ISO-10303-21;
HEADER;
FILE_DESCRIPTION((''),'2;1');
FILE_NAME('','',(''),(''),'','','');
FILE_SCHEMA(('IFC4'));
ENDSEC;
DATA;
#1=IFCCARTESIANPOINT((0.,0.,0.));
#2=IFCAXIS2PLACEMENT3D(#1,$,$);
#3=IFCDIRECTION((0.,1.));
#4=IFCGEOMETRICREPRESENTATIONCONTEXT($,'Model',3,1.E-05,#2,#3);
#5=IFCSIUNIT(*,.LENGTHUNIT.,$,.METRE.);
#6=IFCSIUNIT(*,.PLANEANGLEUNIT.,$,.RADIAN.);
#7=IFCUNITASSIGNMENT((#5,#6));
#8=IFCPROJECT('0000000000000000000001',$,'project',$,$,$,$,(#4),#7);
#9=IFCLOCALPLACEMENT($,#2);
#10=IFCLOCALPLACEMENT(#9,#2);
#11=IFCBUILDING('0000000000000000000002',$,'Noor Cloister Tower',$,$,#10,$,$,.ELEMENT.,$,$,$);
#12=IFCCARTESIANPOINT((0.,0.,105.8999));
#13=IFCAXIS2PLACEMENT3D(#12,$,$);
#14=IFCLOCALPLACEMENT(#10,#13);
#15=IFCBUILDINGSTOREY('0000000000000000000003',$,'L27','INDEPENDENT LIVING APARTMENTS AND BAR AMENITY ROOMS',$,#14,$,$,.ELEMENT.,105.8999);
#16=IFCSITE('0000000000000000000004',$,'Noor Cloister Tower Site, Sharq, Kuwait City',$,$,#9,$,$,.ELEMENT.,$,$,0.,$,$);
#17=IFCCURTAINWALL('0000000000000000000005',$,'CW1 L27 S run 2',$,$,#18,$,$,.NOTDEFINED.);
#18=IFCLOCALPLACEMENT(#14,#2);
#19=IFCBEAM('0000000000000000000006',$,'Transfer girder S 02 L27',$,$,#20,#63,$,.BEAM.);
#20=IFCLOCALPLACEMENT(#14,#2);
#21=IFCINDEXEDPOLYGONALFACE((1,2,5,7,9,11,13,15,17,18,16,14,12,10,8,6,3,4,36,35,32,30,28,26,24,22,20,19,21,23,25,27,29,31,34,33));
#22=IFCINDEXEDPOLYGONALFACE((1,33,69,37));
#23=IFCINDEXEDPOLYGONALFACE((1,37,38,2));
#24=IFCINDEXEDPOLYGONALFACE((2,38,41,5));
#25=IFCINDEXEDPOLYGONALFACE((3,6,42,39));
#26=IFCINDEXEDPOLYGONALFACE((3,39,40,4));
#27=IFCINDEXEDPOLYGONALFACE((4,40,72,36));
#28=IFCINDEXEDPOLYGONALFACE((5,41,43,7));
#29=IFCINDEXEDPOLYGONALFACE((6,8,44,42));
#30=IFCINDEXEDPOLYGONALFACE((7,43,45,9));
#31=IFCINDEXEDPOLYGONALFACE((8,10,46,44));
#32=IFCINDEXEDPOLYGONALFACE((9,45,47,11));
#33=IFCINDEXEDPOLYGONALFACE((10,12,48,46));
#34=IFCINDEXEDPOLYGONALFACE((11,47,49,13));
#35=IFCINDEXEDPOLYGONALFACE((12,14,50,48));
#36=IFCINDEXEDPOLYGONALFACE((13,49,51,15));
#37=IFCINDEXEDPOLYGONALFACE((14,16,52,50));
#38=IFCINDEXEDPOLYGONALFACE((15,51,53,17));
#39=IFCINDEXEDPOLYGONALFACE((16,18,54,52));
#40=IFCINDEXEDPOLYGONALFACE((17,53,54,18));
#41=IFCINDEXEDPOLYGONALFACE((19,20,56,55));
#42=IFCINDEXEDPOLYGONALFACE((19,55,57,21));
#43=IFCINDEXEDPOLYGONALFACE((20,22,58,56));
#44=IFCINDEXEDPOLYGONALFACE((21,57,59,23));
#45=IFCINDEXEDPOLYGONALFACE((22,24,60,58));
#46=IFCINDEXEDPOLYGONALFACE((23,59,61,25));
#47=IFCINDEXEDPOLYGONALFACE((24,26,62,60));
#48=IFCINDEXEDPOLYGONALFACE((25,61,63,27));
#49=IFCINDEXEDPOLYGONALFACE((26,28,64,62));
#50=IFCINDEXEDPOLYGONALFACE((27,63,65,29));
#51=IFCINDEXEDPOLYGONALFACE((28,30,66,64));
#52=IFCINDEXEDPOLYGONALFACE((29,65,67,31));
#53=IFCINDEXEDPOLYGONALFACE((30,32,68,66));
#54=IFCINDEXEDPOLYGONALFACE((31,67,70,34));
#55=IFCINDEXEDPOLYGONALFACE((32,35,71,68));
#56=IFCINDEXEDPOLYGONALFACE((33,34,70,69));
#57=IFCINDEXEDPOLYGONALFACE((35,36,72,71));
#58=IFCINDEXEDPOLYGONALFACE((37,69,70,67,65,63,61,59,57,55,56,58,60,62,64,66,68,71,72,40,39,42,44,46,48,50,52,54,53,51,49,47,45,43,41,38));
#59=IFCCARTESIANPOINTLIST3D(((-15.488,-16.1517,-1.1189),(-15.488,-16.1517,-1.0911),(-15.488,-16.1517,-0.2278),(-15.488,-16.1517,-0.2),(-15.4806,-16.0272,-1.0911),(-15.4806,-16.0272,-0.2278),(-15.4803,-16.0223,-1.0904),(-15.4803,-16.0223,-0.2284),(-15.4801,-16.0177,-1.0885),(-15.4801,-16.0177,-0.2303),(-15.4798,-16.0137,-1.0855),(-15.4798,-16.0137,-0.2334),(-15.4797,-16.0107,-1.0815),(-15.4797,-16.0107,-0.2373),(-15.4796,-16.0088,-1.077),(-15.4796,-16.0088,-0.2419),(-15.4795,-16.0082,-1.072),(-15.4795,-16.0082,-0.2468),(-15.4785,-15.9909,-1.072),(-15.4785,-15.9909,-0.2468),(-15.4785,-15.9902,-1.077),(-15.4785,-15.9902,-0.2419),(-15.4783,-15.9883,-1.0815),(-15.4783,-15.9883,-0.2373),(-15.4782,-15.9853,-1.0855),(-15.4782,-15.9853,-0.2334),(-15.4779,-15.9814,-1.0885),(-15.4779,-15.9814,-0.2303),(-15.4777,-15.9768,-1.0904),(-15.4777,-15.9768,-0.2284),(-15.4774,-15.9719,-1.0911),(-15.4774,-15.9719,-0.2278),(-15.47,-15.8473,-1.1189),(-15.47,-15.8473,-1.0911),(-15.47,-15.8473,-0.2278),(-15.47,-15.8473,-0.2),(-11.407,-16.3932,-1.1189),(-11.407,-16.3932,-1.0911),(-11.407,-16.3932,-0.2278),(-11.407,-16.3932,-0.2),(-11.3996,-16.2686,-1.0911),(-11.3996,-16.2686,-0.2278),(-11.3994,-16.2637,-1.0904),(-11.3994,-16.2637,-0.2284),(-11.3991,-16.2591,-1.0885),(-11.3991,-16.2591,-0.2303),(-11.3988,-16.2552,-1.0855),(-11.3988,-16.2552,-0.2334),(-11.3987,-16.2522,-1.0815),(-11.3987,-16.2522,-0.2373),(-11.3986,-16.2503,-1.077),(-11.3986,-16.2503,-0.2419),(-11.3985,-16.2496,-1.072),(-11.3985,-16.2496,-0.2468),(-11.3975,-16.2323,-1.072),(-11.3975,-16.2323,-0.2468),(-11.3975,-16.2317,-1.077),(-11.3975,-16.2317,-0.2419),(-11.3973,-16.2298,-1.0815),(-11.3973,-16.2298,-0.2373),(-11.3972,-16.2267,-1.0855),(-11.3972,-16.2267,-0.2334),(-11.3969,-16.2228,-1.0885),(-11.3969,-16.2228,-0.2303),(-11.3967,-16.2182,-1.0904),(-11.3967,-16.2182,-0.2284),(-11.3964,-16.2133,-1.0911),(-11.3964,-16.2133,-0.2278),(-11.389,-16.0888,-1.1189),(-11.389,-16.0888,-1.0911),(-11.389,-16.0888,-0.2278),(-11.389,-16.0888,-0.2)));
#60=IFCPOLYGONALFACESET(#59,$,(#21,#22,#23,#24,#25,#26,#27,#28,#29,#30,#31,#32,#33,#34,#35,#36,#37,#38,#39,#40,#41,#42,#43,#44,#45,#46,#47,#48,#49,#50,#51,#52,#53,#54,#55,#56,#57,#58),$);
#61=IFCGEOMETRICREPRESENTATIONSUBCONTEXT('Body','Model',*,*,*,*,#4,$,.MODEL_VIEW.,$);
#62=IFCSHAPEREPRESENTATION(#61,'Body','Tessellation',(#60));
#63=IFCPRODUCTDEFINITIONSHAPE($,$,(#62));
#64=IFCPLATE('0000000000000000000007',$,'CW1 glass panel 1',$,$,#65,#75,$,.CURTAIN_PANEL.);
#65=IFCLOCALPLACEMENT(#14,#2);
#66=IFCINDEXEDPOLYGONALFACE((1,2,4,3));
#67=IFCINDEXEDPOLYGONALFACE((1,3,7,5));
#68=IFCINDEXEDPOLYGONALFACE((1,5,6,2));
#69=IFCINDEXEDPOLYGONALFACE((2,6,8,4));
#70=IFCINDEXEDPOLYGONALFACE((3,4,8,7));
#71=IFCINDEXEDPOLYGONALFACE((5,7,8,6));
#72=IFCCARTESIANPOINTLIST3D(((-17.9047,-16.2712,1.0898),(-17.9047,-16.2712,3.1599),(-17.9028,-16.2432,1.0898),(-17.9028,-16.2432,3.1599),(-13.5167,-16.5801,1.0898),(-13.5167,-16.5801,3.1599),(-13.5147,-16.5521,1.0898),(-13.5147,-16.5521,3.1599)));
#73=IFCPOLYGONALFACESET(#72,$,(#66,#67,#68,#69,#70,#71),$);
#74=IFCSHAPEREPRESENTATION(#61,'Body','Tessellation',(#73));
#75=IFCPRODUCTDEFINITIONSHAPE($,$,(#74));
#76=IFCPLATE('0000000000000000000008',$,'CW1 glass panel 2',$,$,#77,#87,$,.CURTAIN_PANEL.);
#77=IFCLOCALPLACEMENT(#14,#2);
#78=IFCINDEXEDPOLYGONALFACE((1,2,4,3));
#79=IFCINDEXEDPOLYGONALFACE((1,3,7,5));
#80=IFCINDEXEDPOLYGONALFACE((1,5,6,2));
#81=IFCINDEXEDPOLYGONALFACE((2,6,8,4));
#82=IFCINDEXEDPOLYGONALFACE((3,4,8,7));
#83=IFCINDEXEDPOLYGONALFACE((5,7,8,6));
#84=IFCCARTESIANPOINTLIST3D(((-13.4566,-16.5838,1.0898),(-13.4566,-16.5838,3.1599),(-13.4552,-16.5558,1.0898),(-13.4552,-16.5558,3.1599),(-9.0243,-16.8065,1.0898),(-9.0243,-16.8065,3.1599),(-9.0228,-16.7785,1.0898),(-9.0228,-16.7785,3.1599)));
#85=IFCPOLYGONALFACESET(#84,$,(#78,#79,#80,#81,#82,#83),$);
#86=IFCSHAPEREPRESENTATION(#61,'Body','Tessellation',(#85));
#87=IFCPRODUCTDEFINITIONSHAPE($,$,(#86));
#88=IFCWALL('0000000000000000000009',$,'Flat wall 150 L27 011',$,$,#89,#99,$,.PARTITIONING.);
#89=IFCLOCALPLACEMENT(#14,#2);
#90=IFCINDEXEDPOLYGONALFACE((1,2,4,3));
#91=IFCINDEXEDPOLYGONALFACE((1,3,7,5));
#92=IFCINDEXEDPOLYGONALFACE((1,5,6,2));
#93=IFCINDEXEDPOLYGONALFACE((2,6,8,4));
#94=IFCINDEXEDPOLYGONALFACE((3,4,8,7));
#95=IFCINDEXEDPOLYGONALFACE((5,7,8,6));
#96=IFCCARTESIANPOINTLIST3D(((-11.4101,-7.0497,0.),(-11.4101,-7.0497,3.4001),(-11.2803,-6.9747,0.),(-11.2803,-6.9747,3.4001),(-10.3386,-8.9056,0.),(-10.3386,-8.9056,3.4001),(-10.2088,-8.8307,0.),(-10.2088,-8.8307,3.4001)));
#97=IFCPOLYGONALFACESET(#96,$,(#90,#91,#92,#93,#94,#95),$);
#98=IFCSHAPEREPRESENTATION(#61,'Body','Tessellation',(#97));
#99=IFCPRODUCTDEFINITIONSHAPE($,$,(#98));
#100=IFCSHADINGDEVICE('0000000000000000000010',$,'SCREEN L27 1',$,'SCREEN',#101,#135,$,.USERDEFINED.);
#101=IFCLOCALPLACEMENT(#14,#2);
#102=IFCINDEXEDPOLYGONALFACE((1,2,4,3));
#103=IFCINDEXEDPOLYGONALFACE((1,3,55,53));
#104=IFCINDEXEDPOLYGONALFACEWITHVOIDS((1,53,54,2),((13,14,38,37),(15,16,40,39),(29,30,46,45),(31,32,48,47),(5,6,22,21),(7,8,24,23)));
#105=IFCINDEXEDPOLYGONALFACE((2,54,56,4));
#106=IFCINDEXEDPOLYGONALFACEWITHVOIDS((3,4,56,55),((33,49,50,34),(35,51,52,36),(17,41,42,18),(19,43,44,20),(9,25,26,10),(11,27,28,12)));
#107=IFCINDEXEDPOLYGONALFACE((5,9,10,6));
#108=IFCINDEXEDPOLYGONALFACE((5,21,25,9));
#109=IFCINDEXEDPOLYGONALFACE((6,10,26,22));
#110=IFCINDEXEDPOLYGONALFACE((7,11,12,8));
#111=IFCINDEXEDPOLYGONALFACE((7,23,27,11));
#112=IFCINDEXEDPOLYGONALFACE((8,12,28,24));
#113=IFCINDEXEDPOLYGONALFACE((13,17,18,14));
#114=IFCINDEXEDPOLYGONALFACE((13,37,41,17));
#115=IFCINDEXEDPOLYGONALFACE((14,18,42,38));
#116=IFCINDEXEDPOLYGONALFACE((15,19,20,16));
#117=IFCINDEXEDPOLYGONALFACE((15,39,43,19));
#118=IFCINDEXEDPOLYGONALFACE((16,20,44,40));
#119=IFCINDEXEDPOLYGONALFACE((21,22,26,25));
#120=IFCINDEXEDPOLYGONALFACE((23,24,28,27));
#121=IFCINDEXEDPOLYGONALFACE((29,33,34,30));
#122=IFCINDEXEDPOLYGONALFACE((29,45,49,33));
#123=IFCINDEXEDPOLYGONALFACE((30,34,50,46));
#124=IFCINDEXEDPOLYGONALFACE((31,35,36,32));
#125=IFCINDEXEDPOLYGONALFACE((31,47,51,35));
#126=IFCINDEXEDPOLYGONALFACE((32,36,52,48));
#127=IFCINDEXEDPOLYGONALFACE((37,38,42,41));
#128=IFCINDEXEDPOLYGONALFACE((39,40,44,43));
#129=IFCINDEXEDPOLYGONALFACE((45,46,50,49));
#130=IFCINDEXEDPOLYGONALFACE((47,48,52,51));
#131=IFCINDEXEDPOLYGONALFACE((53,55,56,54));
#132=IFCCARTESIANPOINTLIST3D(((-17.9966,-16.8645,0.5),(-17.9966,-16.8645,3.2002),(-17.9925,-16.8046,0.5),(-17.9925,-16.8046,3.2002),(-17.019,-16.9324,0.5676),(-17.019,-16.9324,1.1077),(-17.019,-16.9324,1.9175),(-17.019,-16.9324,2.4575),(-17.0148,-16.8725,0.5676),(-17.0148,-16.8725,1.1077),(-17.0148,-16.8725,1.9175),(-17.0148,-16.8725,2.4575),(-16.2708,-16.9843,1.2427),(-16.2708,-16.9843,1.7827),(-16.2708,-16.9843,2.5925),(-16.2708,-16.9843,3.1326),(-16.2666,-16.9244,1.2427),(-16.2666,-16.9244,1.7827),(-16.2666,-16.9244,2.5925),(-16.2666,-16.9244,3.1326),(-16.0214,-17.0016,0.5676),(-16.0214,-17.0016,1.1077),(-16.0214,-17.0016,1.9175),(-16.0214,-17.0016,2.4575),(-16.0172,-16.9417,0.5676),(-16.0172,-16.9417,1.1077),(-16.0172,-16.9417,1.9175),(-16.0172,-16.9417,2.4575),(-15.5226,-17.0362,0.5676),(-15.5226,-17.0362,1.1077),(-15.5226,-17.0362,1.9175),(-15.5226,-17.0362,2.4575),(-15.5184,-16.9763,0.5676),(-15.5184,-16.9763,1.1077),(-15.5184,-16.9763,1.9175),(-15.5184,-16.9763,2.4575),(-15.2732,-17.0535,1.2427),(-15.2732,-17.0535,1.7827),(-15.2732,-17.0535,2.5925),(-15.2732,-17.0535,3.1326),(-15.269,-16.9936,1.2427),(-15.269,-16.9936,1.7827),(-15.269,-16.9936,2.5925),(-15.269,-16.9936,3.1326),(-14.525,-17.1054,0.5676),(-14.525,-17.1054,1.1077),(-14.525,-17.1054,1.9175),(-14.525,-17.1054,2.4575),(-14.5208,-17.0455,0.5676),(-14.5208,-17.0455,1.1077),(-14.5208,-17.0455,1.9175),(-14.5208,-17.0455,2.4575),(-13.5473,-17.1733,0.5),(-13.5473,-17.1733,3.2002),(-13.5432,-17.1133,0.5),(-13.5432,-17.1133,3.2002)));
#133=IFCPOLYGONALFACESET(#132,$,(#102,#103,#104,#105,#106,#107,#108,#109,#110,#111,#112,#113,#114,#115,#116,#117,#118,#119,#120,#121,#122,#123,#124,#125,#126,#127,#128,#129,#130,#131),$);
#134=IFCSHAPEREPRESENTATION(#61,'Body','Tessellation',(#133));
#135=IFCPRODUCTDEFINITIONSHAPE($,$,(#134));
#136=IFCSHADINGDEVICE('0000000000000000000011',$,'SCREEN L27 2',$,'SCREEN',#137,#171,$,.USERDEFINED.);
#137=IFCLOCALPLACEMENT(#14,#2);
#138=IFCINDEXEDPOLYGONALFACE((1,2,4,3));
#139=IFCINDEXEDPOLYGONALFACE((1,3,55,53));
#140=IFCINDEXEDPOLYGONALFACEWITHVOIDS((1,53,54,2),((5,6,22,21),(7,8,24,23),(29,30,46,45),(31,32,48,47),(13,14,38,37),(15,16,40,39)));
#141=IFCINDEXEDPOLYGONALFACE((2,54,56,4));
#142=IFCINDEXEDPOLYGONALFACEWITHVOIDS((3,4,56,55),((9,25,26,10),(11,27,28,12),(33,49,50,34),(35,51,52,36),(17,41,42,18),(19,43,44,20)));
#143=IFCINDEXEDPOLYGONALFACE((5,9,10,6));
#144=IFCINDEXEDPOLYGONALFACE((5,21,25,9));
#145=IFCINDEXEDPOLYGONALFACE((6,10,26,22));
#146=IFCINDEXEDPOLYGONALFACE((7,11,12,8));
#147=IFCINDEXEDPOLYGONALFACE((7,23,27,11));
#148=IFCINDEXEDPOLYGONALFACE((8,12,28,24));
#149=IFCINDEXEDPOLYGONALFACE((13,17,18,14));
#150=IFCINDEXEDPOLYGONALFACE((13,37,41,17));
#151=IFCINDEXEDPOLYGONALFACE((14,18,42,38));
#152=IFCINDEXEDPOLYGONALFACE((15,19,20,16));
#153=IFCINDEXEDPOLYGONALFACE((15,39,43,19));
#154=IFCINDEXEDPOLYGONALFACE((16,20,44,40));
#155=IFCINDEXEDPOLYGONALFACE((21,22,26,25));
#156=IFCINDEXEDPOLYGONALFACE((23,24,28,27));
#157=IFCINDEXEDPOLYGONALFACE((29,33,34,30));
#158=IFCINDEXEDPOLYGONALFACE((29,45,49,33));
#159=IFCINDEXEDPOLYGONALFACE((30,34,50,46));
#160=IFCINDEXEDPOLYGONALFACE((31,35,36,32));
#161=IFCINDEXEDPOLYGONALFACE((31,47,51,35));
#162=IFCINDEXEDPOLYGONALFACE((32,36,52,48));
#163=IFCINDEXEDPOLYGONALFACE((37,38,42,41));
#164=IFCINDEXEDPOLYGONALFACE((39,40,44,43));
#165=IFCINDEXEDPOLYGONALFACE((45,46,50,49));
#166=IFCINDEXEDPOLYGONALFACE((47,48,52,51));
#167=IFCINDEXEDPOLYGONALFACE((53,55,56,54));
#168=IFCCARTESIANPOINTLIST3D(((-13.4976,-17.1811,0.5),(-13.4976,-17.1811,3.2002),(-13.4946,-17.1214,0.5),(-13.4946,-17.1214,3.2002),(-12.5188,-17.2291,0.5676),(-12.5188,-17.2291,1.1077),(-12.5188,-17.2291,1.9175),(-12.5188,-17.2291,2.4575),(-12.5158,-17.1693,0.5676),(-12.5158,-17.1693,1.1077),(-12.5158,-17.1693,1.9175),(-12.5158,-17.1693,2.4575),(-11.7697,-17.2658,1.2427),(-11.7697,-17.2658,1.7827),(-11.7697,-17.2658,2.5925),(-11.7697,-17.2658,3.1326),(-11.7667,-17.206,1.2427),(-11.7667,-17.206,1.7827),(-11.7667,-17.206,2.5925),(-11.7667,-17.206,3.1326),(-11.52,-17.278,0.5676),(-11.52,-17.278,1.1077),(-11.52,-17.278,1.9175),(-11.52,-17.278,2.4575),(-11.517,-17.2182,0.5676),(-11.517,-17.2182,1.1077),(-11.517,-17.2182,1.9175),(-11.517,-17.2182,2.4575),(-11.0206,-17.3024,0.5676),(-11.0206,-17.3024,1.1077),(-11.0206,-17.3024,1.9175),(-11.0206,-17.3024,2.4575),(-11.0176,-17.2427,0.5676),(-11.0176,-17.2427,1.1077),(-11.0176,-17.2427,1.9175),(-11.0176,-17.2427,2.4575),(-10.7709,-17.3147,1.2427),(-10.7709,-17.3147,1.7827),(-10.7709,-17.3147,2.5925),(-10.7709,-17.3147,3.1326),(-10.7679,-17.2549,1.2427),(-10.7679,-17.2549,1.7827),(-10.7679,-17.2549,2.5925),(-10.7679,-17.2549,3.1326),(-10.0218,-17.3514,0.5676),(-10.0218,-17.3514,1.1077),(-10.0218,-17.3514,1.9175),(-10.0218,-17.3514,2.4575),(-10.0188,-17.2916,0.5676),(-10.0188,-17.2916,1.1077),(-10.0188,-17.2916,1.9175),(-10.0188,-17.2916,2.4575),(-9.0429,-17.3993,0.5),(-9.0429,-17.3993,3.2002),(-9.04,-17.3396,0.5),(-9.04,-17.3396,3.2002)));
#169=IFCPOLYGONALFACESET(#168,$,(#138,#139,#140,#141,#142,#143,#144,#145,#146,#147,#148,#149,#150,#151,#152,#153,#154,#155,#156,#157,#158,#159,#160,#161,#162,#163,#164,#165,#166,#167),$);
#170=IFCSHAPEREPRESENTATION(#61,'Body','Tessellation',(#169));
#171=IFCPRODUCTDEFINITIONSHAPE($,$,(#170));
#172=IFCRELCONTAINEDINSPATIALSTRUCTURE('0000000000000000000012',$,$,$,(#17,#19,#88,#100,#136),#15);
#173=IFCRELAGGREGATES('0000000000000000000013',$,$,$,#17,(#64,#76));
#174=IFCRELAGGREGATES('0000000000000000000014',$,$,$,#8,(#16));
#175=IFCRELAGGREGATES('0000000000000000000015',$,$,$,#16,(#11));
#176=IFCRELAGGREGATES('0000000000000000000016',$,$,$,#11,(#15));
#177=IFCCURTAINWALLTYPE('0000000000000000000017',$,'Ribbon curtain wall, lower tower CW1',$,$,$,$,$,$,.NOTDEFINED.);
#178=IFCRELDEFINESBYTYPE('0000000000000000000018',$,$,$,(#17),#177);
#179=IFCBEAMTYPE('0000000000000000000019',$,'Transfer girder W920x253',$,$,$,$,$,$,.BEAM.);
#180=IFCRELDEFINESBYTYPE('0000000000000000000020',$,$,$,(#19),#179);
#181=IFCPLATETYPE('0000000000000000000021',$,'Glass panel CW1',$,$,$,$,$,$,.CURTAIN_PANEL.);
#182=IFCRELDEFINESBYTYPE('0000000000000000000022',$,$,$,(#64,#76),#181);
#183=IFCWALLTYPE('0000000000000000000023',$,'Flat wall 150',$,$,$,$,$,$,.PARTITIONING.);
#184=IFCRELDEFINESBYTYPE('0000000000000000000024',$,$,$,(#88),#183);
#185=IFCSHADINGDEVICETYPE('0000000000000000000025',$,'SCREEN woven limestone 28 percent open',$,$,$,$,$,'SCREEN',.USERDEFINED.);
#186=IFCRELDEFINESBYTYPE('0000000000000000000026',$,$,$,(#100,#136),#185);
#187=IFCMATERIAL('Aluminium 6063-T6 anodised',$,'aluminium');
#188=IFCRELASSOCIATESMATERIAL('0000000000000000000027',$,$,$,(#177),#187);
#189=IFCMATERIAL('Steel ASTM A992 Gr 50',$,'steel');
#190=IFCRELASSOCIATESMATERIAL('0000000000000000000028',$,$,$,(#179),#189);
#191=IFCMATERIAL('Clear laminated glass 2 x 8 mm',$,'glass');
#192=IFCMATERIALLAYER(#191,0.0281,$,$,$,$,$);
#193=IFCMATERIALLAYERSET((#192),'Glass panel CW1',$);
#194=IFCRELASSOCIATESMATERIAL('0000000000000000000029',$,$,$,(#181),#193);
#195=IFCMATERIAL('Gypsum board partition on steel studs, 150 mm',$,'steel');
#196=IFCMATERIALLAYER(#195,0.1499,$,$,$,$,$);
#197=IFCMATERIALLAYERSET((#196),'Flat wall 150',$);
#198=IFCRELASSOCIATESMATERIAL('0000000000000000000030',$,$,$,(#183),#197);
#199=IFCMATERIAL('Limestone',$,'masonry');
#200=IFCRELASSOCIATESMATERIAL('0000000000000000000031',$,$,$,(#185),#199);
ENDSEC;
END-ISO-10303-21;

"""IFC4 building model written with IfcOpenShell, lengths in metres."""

from ifc_helpers import new_model, si_unit, direction, frame, frame_2d, origin, origin_2d, place, context, subcontext, project, spatial, polyline, rectangle, i_section, outline, extrude, material, layer, layer_set, material_profile, profile_set, type_object, element, aggregate, save


model = new_model("IFC4")

# Units and contexts
model_context = context("Model", 3, precision=1e-05, world=origin(), true_north=direction((0.0, 1.0)))
body_context = subcontext(model_context, "Body", "Model", "MODEL_VIEW")
ifc_project = project(units=[si_unit("LENGTHUNIT", "METRE"), si_unit("PLANEANGLEUNIT", "RADIAN")], contexts=[model_context])

# Site, building, storey
site_placement = place(None, origin())
site = spatial("IfcSite", under=ifc_project, at=site_placement, Name="Noor Cloister Tower Site, Sharq, Kuwait City", CompositionType="ELEMENT", RefElevation=0.0)
building_placement = place(site_placement, origin())
building = spatial("IfcBuilding", under=site, at=building_placement, Name="Noor Cloister Tower", CompositionType="ELEMENT")
storey_placement = place(building_placement, frame((0.0, 0.0, 105.8999)))
storey = spatial("IfcBuildingStorey", under=building, at=storey_placement, Name="L27", Description="INDEPENDENT LIVING APARTMENTS AND BAR AMENITY ROOMS", CompositionType="ELEMENT", Elevation=105.8999)

# Shared definitions
ifc_material_1 = material(Name="Aluminium 6063-T6 anodised", Category="aluminium")
curtain_wall_type = type_object("IfcCurtainWallType", Name="Ribbon curtain wall, lower tower CW1", PredefinedType="NOTDEFINED", material=ifc_material_1)

# Curtain wall
curtain_wall_1_placement = place(storey_placement, origin())
curtain_wall_1 = element("IfcCurtainWall", 1, at=curtain_wall_1_placement, inside=storey, type_object=curtain_wall_type, Name="CW1 L27 S run 2", PredefinedType="NOTDEFINED")

# Beam
ifc_material_2 = material(Name="Steel ASTM A992 Gr 50", Category="steel")
ifc_material_profile_1 = material_profile(ifc_material_2, i_section(OverallWidth=0.3049, OverallDepth=0.9189, WebThickness=0.0173, FlangeThickness=0.0278, FilletRadius=0.019, at=origin_2d()), Name="W920x253")
ifc_profile_set_1 = profile_set([ifc_material_profile_1], Name="Steel ASTM A992 Gr 50")
beam_type_1 = type_object("IfcBeamType", Name="Transfer girder W920x253", PredefinedType="BEAM", material=ifc_profile_set_1)
for number, where, z_axis, x_axis, name in (
    (2, (-15.479, -15.9995, -0.6594), (0.998254, -0.059062, 0.0), (0.059062, 0.998254, 0.0), "Transfer girder S 02 L27"),
):
    element("IfcBeam", number, at=place(storey_placement, frame(where, z_axis=z_axis, x_axis=x_axis)), inside=storey, type_object=beam_type_1, Name=name, PredefinedType="BEAM", context=body_context, shape_type="SweptSolid", body=[
        extrude(i_section(OverallWidth=0.3049, OverallDepth=0.9189, WebThickness=0.0173, FlangeThickness=0.0278, FilletRadius=0.019, at=origin_2d()), origin(), (0.0, 0.0, 1.0), 4.0881),
    ])

# Plates
ifc_material_3 = material(Name="Clear laminated glass 2 x 8 mm", Category="glass")
ifc_layer_1 = layer(ifc_material_3, 0.0281)
ifc_layer_set_1 = layer_set([ifc_layer_1], Name="Glass panel CW1")
plate_type = type_object("IfcPlateType", Name="Glass panel CW1", PredefinedType="CURTAIN_PANEL", material=ifc_layer_set_1)
plate_1_placement = place(storey_placement, frame((-15.7097, -16.4116, 1.0898), z_axis=(0.0, 0.0, 1.0), x_axis=(0.997532, -0.070218, 0.0)))
plate_1 = element("IfcPlate", 3, at=plate_1_placement, type_object=plate_type, Name="CW1 glass panel 1", PredefinedType="CURTAIN_PANEL", context=body_context, shape_type="SweptSolid", body=[
    extrude(rectangle(XDim=4.3989, YDim=0.0281, at=origin_2d()), origin(), (0.0, 0.0, 1.0), 2.0701),
])
plate_2_placement = place(storey_placement, frame((-11.2397, -16.6812, 1.0898), z_axis=(0.0, 0.0, 1.0), x_axis=(0.99874, -0.050176, 0.0)))
plate_2 = element("IfcPlate", 4, at=plate_2_placement, type_object=plate_type, Name="CW1 glass panel 2", PredefinedType="CURTAIN_PANEL", context=body_context, shape_type="SweptSolid", body=[
    extrude(rectangle(XDim=4.438, YDim=0.0281, at=origin_2d()), origin(), (0.0, 0.0, 1.0), 2.0701),
])
aggregate(curtain_wall_1, [plate_1, plate_2])

# Wall
ifc_material_4 = material(Name="Gypsum board partition on steel studs, 150 mm", Category="steel")
ifc_layer_2 = layer(ifc_material_4, 0.1499)
ifc_layer_set_2 = layer_set([ifc_layer_2], Name="Flat wall 150")
wall_type = type_object("IfcWallType", Name="Flat wall 150", PredefinedType="PARTITIONING", material=ifc_layer_set_2)
wall_placement = place(storey_placement, frame((-11.3452, -7.0122, 0.0), z_axis=(0.0, 0.0, 1.0), x_axis=(0.499999, -0.866026, 0.0)))
element("IfcWall", 5, at=wall_placement, inside=storey, type_object=wall_type, Name="Flat wall 150 L27 011", PredefinedType="PARTITIONING", context=body_context, shape_type="SweptSolid", body=[
    extrude(rectangle(XDim=2.1431, YDim=0.1499, at=frame_2d((1.0715, 0.0))), origin(), (0.0, 0.0, 1.0), 3.4001),
])

# Shading devices
ifc_material_5 = material(Name="Limestone", Category="masonry")
ifc_material_profile_2 = material_profile(ifc_material_5, outline(polyline([(-2.23, -1.3501), (2.23, -1.3501), (2.23, 1.3501), (-2.23, 1.3501), (-2.23, -1.3501)]), holes=[polyline([(-1.25, -1.2825), (-0.25, -1.2825), (-0.25, -0.7424), (-1.25, -0.7424), (-1.25, -1.2825)]), polyline([(0.25, -1.2825), (1.25, -1.2825), (1.25, -0.7424), (0.25, -0.7424), (0.25, -1.2825)]), polyline([(-0.5, -0.6074), (0.5, -0.6074), (0.5, -0.0674), (-0.5, -0.0674), (-0.5, -0.6074)]), polyline([(-1.25, 0.0674), (-0.25, 0.0674), (-0.25, 0.6074), (-1.25, 0.6074), (-1.25, 0.0674)]), polyline([(0.25, 0.0674), (1.25, 0.0674), (1.25, 0.6074), (0.25, 0.6074), (0.25, 0.0674)]), polyline([(-0.5, 0.7424), (0.5, 0.7424), (0.5, 1.2825), (-0.5, 1.2825), (-0.5, 0.7424)])]), Name="Woven screen 28 percent open")
ifc_profile_set_2 = profile_set([ifc_material_profile_2], Name="Limestone")
shading_device_type = type_object("IfcShadingDeviceType", Name="SCREEN woven limestone 28 percent open", ElementType="SCREEN", PredefinedType="USERDEFINED", material=ifc_profile_set_2)
shading_device_1_placement = place(storey_placement, frame((-15.7678, -16.959, 1.8501), z_axis=(-0.069221, -0.997601, 0.0), x_axis=(0.997601, -0.069221, 0.0)))
element("IfcShadingDevice", 6, at=shading_device_1_placement, inside=storey, type_object=shading_device_type, Name="SCREEN L27 1", ObjectType="SCREEN", PredefinedType="USERDEFINED", context=body_context, shape_type="SweptSolid", body=[
    extrude(outline(polyline([(-2.23, -1.3501), (2.23, -1.3501), (2.23, 1.3501), (-2.23, 1.3501), (-2.23, -1.3501)]), holes=[polyline([(-1.25, -1.2825), (-0.25, -1.2825), (-0.25, -0.7424), (-1.25, -0.7424), (-1.25, -1.2825)]), polyline([(0.25, -1.2825), (1.25, -1.2825), (1.25, -0.7424), (0.25, -0.7424), (0.25, -1.2825)]), polyline([(-0.5, -0.6074), (0.5, -0.6074), (0.5, -0.0674), (-0.5, -0.0674), (-0.5, -0.6074)]), polyline([(-1.25, 0.0674), (-0.25, 0.0674), (-0.25, 0.6074), (-1.25, 0.6074), (-1.25, 0.0674)]), polyline([(0.25, 0.0674), (1.25, 0.0674), (1.25, 0.6074), (0.25, 0.6074), (0.25, 0.0674)]), polyline([(-0.5, 0.7424), (0.5, 0.7424), (0.5, 1.2825), (-0.5, 1.2825), (-0.5, 0.7424)])]), origin(), (0.0, 0.0, 1.0), 0.0601),
])
shading_device_2_placement = place(storey_placement, frame((-11.2673, -17.2305, 1.8501), z_axis=(-0.048921, -0.998803, 0.0), x_axis=(0.998803, -0.048921, 0.0)))
element("IfcShadingDevice", 7, at=shading_device_2_placement, inside=storey, type_object=shading_device_type, Name="SCREEN L27 2", ObjectType="SCREEN", PredefinedType="USERDEFINED", context=body_context, shape_type="SweptSolid", body=[
    extrude(outline(polyline([(-2.23, -1.3501), (2.23, -1.3501), (2.23, 1.3501), (-2.23, 1.3501), (-2.23, -1.3501)]), holes=[polyline([(-1.25, -1.2825), (-0.25, -1.2825), (-0.25, -0.7424), (-1.25, -0.7424), (-1.25, -1.2825)]), polyline([(0.25, -1.2825), (1.25, -1.2825), (1.25, -0.7424), (0.25, -0.7424), (0.25, -1.2825)]), polyline([(-0.5, -0.6074), (0.5, -0.6074), (0.5, -0.0674), (-0.5, -0.0674), (-0.5, -0.6074)]), polyline([(-1.25, 0.0674), (-0.25, 0.0674), (-0.25, 0.6074), (-1.25, 0.6074), (-1.25, 0.0674)]), polyline([(0.25, 0.0674), (1.25, 0.0674), (1.25, 0.6074), (0.25, 0.6074), (0.25, 0.0674)]), polyline([(-0.5, 0.7424), (0.5, 0.7424), (0.5, 1.2825), (-0.5, 1.2825), (-0.5, 0.7424)])]), origin(), (0.0, 0.0, 1.0), 0.0598),
])

save(model, "model.ifc")
